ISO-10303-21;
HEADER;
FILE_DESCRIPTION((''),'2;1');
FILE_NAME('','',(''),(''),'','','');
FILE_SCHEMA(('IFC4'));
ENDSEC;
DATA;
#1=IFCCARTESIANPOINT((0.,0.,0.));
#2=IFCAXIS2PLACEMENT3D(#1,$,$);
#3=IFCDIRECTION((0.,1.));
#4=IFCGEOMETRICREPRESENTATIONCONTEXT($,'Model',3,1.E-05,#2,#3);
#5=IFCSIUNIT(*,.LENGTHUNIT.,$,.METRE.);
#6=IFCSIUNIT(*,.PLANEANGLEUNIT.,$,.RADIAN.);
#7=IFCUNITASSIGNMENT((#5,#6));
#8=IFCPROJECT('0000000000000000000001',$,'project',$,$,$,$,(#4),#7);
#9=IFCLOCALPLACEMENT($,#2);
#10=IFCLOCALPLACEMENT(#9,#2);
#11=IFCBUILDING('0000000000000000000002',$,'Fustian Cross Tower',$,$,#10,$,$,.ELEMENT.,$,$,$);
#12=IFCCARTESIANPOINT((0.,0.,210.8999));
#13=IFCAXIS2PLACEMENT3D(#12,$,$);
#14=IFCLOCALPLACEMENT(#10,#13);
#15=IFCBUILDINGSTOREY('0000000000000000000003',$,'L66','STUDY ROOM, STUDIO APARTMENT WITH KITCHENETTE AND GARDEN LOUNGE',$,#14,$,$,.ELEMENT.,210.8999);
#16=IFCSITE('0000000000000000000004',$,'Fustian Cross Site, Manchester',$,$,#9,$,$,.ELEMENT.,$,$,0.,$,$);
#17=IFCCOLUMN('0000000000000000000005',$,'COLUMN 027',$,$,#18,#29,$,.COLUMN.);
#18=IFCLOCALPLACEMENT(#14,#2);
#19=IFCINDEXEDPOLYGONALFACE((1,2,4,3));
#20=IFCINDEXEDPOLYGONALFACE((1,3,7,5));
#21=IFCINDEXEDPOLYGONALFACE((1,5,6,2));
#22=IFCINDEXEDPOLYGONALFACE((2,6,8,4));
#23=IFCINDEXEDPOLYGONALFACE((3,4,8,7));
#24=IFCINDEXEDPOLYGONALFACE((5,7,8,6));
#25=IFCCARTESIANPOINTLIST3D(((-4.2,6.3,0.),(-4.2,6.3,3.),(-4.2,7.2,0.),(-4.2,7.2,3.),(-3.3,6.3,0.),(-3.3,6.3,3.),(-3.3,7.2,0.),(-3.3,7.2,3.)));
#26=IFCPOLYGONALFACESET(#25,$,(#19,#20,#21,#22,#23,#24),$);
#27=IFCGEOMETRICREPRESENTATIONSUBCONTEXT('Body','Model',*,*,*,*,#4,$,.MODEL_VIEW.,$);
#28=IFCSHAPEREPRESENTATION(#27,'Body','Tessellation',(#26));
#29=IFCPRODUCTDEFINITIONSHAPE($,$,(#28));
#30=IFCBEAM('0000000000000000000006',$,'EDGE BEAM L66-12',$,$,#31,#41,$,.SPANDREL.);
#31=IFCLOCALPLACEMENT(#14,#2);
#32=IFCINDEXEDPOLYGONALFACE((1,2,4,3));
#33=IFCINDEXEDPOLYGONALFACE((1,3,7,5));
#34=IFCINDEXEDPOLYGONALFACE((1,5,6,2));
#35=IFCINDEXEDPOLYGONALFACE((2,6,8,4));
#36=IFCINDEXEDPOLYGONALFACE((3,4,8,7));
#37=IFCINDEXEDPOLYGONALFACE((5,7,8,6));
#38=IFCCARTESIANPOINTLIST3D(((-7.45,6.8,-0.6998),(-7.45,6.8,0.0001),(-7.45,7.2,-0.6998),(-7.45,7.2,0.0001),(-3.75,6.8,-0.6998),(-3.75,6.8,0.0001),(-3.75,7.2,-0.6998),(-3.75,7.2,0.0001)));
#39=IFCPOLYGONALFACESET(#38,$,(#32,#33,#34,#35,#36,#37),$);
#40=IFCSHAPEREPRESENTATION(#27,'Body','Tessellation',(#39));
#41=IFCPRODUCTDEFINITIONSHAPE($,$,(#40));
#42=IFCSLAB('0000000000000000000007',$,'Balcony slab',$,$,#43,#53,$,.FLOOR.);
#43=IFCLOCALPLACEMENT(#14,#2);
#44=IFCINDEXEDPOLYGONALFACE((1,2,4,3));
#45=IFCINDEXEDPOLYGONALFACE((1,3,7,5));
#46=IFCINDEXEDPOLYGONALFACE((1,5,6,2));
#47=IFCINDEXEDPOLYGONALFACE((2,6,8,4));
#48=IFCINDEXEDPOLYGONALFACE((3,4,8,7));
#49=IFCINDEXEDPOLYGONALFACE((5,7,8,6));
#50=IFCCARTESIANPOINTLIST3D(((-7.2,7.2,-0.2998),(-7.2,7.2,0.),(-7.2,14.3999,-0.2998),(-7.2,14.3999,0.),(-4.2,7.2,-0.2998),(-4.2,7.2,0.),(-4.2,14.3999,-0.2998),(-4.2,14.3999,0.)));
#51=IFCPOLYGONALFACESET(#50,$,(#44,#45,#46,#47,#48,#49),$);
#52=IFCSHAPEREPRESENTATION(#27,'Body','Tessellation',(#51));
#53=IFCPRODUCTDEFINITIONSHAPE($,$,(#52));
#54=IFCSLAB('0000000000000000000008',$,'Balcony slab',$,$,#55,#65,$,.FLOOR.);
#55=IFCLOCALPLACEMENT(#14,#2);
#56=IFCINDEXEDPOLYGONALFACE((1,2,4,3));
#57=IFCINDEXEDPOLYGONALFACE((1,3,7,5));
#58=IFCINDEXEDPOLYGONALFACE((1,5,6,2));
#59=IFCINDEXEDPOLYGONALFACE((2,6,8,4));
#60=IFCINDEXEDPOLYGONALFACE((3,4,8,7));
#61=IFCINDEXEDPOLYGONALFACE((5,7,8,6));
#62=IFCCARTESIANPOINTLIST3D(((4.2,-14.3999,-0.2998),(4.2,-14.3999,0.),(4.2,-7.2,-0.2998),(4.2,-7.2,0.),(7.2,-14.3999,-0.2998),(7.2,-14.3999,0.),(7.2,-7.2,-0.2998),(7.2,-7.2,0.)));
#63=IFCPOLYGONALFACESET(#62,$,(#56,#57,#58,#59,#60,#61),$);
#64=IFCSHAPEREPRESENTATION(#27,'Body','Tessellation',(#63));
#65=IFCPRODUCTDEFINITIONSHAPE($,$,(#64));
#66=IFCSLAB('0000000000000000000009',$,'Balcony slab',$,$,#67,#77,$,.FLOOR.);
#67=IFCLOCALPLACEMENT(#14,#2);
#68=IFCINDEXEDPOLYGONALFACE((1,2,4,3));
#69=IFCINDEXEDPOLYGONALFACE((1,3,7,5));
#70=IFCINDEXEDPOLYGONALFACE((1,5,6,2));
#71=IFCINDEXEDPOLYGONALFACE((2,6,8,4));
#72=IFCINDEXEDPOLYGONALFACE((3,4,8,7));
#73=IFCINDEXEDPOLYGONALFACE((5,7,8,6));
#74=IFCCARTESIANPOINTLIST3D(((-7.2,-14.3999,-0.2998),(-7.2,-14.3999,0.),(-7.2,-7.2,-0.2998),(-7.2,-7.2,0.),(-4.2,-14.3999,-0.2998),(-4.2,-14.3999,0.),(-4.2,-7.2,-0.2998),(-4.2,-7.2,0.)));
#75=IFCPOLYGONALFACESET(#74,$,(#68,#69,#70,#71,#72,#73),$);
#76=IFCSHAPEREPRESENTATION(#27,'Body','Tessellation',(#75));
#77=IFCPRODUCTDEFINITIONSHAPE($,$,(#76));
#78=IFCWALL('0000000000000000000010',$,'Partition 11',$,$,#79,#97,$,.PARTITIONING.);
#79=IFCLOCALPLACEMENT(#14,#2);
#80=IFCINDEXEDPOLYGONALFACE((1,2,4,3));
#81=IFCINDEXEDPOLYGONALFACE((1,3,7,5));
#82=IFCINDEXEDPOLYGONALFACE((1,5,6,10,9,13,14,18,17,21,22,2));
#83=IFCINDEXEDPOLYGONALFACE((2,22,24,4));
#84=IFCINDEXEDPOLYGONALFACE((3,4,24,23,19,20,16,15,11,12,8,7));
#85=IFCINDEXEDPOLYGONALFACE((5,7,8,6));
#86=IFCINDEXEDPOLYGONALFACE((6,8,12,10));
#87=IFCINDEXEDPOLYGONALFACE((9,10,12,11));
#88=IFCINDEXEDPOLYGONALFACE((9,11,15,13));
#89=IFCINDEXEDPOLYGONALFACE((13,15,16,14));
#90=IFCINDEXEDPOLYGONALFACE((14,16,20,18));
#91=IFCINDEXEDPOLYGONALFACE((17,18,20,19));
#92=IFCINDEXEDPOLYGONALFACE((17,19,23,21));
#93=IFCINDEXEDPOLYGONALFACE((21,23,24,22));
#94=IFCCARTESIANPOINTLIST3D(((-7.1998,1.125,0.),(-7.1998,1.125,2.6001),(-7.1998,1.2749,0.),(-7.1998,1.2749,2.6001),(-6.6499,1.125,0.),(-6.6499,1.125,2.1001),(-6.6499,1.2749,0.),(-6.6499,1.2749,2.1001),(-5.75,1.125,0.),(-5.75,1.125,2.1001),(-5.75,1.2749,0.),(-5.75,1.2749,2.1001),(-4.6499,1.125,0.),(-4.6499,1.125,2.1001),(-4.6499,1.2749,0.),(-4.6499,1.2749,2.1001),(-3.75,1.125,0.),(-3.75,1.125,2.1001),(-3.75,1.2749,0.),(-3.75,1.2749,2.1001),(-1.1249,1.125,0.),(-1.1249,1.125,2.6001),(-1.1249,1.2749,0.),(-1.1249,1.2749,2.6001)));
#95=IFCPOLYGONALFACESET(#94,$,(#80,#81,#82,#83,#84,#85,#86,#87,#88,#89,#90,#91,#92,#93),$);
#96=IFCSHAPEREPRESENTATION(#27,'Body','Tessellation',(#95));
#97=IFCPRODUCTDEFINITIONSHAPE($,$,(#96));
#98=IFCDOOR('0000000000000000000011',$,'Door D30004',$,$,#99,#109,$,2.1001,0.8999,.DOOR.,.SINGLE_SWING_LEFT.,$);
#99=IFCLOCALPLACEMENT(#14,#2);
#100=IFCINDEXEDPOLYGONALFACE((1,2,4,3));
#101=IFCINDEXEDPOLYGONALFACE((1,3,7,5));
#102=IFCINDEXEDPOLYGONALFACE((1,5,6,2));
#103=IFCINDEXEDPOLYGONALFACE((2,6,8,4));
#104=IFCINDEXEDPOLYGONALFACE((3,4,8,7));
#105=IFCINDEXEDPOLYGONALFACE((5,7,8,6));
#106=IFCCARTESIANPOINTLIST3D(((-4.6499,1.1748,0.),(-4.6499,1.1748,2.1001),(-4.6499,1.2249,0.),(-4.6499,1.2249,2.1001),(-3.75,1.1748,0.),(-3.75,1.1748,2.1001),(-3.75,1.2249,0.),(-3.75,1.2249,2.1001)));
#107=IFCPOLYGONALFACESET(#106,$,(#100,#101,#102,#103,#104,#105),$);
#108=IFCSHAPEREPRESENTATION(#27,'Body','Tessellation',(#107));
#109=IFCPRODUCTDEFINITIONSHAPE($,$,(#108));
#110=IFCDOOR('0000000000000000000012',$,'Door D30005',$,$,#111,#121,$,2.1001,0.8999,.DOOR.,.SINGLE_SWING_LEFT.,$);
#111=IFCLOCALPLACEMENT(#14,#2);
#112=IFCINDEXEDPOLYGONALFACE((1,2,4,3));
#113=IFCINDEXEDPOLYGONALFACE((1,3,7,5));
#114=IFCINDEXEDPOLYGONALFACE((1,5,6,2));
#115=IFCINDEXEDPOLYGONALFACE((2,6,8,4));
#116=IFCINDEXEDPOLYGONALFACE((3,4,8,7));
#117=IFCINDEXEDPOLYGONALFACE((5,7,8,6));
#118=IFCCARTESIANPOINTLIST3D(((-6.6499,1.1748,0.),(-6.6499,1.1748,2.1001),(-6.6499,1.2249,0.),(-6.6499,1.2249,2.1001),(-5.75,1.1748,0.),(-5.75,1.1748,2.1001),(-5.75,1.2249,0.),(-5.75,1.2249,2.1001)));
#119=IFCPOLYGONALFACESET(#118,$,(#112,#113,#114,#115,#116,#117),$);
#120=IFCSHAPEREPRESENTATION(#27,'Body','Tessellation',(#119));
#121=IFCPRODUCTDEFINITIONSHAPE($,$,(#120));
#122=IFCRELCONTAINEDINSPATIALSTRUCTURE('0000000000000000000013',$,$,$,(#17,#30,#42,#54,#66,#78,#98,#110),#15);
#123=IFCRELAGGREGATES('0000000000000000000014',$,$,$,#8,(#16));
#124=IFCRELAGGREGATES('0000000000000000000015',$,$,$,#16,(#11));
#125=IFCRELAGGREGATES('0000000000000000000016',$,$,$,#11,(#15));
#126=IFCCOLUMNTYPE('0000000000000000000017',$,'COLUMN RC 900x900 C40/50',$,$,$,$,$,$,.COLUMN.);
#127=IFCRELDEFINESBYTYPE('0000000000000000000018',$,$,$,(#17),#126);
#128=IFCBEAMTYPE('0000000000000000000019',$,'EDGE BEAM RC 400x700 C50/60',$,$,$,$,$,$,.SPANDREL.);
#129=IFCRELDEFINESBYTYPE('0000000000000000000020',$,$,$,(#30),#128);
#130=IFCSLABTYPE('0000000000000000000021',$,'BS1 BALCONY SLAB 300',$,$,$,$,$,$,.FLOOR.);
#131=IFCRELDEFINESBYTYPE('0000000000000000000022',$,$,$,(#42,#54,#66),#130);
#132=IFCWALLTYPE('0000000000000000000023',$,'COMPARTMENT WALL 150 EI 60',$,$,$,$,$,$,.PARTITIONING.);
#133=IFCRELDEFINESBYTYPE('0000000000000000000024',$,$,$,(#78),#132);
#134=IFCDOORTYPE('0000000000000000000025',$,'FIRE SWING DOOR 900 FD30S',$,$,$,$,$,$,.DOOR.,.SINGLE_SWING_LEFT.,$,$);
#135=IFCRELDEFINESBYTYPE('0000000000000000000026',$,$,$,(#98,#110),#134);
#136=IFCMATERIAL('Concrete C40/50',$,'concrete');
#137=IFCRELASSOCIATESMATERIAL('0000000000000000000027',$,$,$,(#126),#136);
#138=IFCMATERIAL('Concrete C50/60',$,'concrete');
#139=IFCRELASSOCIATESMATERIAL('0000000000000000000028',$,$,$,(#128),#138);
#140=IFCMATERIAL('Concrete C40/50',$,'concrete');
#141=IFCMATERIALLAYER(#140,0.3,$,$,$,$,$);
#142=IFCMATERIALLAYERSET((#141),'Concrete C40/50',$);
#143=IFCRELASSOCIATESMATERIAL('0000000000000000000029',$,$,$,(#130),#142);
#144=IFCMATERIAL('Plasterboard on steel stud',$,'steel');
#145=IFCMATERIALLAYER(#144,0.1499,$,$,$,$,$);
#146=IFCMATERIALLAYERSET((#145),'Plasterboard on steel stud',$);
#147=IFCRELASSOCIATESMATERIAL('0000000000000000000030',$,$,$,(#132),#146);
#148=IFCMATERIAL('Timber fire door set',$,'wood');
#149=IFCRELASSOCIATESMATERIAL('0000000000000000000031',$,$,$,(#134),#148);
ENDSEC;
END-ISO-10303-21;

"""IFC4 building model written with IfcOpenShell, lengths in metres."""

from ifc_helpers import new_model, si_unit, direction, frame, frame_2d, origin, origin_2d, place, context, subcontext, project, spatial, polyline, rectangle, outline, extrude, material, layer, layer_set, material_profile, profile_set, type_object, element, fill, save


model = new_model("IFC4")

# Units and contexts
model_context = context("Model", 3, precision=1e-05, world=origin(), true_north=direction((0.0, 1.0)))
body_context = subcontext(model_context, "Body", "Model", "MODEL_VIEW")
ifc_project = project(units=[si_unit("LENGTHUNIT", "METRE"), si_unit("PLANEANGLEUNIT", "RADIAN")], contexts=[model_context])

# Site, building, storey
site_placement = place(None, origin())
site = spatial("IfcSite", under=ifc_project, at=site_placement, Name="Fustian Cross Site, Manchester", CompositionType="ELEMENT", RefElevation=0.0)
building_placement = place(site_placement, origin())
building = spatial("IfcBuilding", under=site, at=building_placement, Name="Fustian Cross Tower", CompositionType="ELEMENT")
storey_placement = place(building_placement, frame((0.0, 0.0, 210.8999)))
storey = spatial("IfcBuildingStorey", under=building, at=storey_placement, Name="L66", Description="STUDY ROOM, STUDIO APARTMENT WITH KITCHENETTE AND GARDEN LOUNGE", CompositionType="ELEMENT", Elevation=210.8999)

# Column
ifc_material_1 = material(Name="Concrete C40/50", Category="concrete")
ifc_material_profile_1 = material_profile(ifc_material_1, rectangle(XDim=0.8999, YDim=0.8999, at=origin_2d()), Name="RC 900x900")
ifc_profile_set_1 = profile_set([ifc_material_profile_1], Name="Concrete C40/50")
column_type = type_object("IfcColumnType", Name="COLUMN RC 900x900 C40/50", PredefinedType="COLUMN", material=ifc_profile_set_1)
column_placement = place(storey_placement, frame((-3.75, 6.75, 0.0), z_axis=(0.0, 0.0, 1.0), x_axis=(1.0, 0.0, 0.0)))
element("IfcColumn", 1, at=column_placement, inside=storey, type_object=column_type, Name="COLUMN 027", PredefinedType="COLUMN", context=body_context, shape_type="SweptSolid", body=[
    extrude(rectangle(XDim=0.8999, YDim=0.8999, at=origin_2d()), origin(), (0.0, 0.0, 1.0), 3.0),
])

# Beam
ifc_material_2 = material(Name="Concrete C50/60", Category="concrete")
ifc_material_profile_2 = material_profile(ifc_material_2, rectangle(XDim=0.3999, YDim=0.7, at=origin_2d()), Name="RC 400x700")
ifc_profile_set_2 = profile_set([ifc_material_profile_2], Name="Concrete C50/60")
beam_type = type_object("IfcBeamType", Name="EDGE BEAM RC 400x700 C50/60", PredefinedType="SPANDREL", material=ifc_profile_set_2)
beam_placement = place(storey_placement, frame((-3.75, 7.0, -0.3499), z_axis=(-1.0, 0.0, 0.0), x_axis=(0.0, -1.0, 0.0)))
element("IfcBeam", 2, at=beam_placement, inside=storey, type_object=beam_type, Name="EDGE BEAM L66-12", PredefinedType="SPANDREL", context=body_context, shape_type="SweptSolid", body=[
    extrude(rectangle(XDim=0.3999, YDim=0.7, at=origin_2d()), origin(), (0.0, 0.0, 1.0), 3.7),
])

# Slabs
ifc_material_3 = material(Name="Concrete C40/50", Category="concrete")
ifc_layer_1 = layer(ifc_material_3, 0.3)
ifc_layer_set_1 = layer_set([ifc_layer_1], Name="Concrete C40/50")
slab_type = type_object("IfcSlabType", Name="BS1 BALCONY SLAB 300", PredefinedType="FLOOR", material=ifc_layer_set_1)
slab_1_placement = place(storey_placement, frame((0.0, 0.0, -0.2998)))
element("IfcSlab", 3, at=slab_1_placement, inside=storey, type_object=slab_type, Name="Balcony slab", PredefinedType="FLOOR", context=body_context, shape_type="SweptSolid", body=[
    extrude(outline(polyline([(-7.2, 7.2), (-4.2, 7.2), (-4.2, 14.3999), (-7.2, 14.3999), (-7.2, 7.2)])), origin(), (0.0, 0.0, 1.0), 0.2998),
])
slab_2_placement = place(storey_placement, frame((0.0, 0.0, -0.2998)))
element("IfcSlab", 4, at=slab_2_placement, inside=storey, type_object=slab_type, Name="Balcony slab", PredefinedType="FLOOR", context=body_context, shape_type="SweptSolid", body=[
    extrude(outline(polyline([(4.2, -14.3999), (7.2, -14.3999), (7.2, -7.2), (4.2, -7.2), (4.2, -14.3999)])), origin(), (0.0, 0.0, 1.0), 0.2998),
])
slab_3_placement = place(storey_placement, frame((0.0, 0.0, -0.2998)))
element("IfcSlab", 5, at=slab_3_placement, inside=storey, type_object=slab_type, Name="Balcony slab", PredefinedType="FLOOR", context=body_context, shape_type="SweptSolid", body=[
    extrude(outline(polyline([(-7.2, -14.3999), (-4.2, -14.3999), (-4.2, -7.2), (-7.2, -7.2), (-7.2, -14.3999)])), origin(), (0.0, 0.0, 1.0), 0.2998),
])

# Wall, openings, doors
ifc_material_4 = material(Name="Plasterboard on steel stud", Category="steel")
ifc_layer_2 = layer(ifc_material_4, 0.1499)
ifc_layer_set_2 = layer_set([ifc_layer_2], Name="Plasterboard on steel stud")
wall_type_1 = type_object("IfcWallType", Name="COMPARTMENT WALL 150 EI 60", PredefinedType="PARTITIONING", material=ifc_layer_set_2)
wall_1_placement = place(storey_placement, frame((-7.2, 1.2, 0.0), z_axis=(0.0, 0.0, 1.0), x_axis=(1.0, 0.0, 0.0)))
wall_1 = element("IfcWall", 6, at=wall_1_placement, inside=storey, type_object=wall_type_1, Name="Partition 11", PredefinedType="PARTITIONING", context=body_context, shape_type="SweptSolid", body=[
    extrude(rectangle(XDim=6.075, YDim=0.1499, at=frame_2d((3.0376, 0.0))), origin(), (0.0, 0.0, 1.0), 2.6001),
])
opening_1_placement = place(wall_1_placement, frame((2.55, 0.0, 0.0)))
opening_1 = element("IfcOpeningElement", 7, at=opening_1_placement, cuts=wall_1, PredefinedType="OPENING", context=body_context, shape_type="SweptSolid", body=[
    extrude(rectangle(XDim=0.8999, YDim=2.1001, at=frame_2d((0.45, 1.05))), frame((0.0, 0.085, 0.0), z_axis=(0.0, -1.0, 0.0), x_axis=(1.0, 0.0, 0.0)), (0.0, 0.0, 1.0), 0.1699),
])
opening_2_placement = place(wall_1_placement, frame((0.55, 0.0, 0.0)))
opening_2 = element("IfcOpeningElement", 8, at=opening_2_placement, cuts=wall_1, PredefinedType="OPENING", context=body_context, shape_type="SweptSolid", body=[
    extrude(rectangle(XDim=0.8999, YDim=2.1001, at=frame_2d((0.45, 1.05))), frame((0.0, 0.085, 0.0), z_axis=(0.0, -1.0, 0.0), x_axis=(1.0, 0.0, 0.0)), (0.0, 0.0, 1.0), 0.1699),
])
ifc_material_5 = material(Name="Timber fire door set", Category="wood")
door_type_1 = type_object("IfcDoorType", Name="FIRE SWING DOOR 900 FD30S", OperationType="SINGLE_SWING_LEFT", PredefinedType="DOOR", material=ifc_material_5)
door_1_placement = place(opening_1_placement, origin())
door_1 = element("IfcDoor", 9, at=door_1_placement, inside=storey, type_object=door_type_1, Name="Door D30004", OperationType="SINGLE_SWING_LEFT", OverallHeight=2.1001, OverallWidth=0.8999, PredefinedType="DOOR", context=body_context, shape_type="SweptSolid", body=[
    extrude(rectangle(XDim=0.8999, YDim=2.1001, at=frame_2d((0.45, 1.05))), frame((0.0, 0.0249, 0.0), z_axis=(0.0, -1.0, 0.0), x_axis=(1.0, 0.0, 0.0)), (0.0, 0.0, 1.0), 0.05),
])
fill(opening_1, door_1)
door_2_placement = place(opening_2_placement, origin())
door_2 = element("IfcDoor", 10, at=door_2_placement, inside=storey, type_object=door_type_1, Name="Door D30005", OperationType="SINGLE_SWING_LEFT", OverallHeight=2.1001, OverallWidth=0.8999, PredefinedType="DOOR", context=body_context, shape_type="SweptSolid", body=[
    extrude(rectangle(XDim=0.8999, YDim=2.1001, at=frame_2d((0.45, 1.05))), frame((0.0, 0.0249, 0.0), z_axis=(0.0, -1.0, 0.0), x_axis=(1.0, 0.0, 0.0)), (0.0, 0.0, 1.0), 0.05),
])
fill(opening_2, door_2)

save(model, "model.ifc")
